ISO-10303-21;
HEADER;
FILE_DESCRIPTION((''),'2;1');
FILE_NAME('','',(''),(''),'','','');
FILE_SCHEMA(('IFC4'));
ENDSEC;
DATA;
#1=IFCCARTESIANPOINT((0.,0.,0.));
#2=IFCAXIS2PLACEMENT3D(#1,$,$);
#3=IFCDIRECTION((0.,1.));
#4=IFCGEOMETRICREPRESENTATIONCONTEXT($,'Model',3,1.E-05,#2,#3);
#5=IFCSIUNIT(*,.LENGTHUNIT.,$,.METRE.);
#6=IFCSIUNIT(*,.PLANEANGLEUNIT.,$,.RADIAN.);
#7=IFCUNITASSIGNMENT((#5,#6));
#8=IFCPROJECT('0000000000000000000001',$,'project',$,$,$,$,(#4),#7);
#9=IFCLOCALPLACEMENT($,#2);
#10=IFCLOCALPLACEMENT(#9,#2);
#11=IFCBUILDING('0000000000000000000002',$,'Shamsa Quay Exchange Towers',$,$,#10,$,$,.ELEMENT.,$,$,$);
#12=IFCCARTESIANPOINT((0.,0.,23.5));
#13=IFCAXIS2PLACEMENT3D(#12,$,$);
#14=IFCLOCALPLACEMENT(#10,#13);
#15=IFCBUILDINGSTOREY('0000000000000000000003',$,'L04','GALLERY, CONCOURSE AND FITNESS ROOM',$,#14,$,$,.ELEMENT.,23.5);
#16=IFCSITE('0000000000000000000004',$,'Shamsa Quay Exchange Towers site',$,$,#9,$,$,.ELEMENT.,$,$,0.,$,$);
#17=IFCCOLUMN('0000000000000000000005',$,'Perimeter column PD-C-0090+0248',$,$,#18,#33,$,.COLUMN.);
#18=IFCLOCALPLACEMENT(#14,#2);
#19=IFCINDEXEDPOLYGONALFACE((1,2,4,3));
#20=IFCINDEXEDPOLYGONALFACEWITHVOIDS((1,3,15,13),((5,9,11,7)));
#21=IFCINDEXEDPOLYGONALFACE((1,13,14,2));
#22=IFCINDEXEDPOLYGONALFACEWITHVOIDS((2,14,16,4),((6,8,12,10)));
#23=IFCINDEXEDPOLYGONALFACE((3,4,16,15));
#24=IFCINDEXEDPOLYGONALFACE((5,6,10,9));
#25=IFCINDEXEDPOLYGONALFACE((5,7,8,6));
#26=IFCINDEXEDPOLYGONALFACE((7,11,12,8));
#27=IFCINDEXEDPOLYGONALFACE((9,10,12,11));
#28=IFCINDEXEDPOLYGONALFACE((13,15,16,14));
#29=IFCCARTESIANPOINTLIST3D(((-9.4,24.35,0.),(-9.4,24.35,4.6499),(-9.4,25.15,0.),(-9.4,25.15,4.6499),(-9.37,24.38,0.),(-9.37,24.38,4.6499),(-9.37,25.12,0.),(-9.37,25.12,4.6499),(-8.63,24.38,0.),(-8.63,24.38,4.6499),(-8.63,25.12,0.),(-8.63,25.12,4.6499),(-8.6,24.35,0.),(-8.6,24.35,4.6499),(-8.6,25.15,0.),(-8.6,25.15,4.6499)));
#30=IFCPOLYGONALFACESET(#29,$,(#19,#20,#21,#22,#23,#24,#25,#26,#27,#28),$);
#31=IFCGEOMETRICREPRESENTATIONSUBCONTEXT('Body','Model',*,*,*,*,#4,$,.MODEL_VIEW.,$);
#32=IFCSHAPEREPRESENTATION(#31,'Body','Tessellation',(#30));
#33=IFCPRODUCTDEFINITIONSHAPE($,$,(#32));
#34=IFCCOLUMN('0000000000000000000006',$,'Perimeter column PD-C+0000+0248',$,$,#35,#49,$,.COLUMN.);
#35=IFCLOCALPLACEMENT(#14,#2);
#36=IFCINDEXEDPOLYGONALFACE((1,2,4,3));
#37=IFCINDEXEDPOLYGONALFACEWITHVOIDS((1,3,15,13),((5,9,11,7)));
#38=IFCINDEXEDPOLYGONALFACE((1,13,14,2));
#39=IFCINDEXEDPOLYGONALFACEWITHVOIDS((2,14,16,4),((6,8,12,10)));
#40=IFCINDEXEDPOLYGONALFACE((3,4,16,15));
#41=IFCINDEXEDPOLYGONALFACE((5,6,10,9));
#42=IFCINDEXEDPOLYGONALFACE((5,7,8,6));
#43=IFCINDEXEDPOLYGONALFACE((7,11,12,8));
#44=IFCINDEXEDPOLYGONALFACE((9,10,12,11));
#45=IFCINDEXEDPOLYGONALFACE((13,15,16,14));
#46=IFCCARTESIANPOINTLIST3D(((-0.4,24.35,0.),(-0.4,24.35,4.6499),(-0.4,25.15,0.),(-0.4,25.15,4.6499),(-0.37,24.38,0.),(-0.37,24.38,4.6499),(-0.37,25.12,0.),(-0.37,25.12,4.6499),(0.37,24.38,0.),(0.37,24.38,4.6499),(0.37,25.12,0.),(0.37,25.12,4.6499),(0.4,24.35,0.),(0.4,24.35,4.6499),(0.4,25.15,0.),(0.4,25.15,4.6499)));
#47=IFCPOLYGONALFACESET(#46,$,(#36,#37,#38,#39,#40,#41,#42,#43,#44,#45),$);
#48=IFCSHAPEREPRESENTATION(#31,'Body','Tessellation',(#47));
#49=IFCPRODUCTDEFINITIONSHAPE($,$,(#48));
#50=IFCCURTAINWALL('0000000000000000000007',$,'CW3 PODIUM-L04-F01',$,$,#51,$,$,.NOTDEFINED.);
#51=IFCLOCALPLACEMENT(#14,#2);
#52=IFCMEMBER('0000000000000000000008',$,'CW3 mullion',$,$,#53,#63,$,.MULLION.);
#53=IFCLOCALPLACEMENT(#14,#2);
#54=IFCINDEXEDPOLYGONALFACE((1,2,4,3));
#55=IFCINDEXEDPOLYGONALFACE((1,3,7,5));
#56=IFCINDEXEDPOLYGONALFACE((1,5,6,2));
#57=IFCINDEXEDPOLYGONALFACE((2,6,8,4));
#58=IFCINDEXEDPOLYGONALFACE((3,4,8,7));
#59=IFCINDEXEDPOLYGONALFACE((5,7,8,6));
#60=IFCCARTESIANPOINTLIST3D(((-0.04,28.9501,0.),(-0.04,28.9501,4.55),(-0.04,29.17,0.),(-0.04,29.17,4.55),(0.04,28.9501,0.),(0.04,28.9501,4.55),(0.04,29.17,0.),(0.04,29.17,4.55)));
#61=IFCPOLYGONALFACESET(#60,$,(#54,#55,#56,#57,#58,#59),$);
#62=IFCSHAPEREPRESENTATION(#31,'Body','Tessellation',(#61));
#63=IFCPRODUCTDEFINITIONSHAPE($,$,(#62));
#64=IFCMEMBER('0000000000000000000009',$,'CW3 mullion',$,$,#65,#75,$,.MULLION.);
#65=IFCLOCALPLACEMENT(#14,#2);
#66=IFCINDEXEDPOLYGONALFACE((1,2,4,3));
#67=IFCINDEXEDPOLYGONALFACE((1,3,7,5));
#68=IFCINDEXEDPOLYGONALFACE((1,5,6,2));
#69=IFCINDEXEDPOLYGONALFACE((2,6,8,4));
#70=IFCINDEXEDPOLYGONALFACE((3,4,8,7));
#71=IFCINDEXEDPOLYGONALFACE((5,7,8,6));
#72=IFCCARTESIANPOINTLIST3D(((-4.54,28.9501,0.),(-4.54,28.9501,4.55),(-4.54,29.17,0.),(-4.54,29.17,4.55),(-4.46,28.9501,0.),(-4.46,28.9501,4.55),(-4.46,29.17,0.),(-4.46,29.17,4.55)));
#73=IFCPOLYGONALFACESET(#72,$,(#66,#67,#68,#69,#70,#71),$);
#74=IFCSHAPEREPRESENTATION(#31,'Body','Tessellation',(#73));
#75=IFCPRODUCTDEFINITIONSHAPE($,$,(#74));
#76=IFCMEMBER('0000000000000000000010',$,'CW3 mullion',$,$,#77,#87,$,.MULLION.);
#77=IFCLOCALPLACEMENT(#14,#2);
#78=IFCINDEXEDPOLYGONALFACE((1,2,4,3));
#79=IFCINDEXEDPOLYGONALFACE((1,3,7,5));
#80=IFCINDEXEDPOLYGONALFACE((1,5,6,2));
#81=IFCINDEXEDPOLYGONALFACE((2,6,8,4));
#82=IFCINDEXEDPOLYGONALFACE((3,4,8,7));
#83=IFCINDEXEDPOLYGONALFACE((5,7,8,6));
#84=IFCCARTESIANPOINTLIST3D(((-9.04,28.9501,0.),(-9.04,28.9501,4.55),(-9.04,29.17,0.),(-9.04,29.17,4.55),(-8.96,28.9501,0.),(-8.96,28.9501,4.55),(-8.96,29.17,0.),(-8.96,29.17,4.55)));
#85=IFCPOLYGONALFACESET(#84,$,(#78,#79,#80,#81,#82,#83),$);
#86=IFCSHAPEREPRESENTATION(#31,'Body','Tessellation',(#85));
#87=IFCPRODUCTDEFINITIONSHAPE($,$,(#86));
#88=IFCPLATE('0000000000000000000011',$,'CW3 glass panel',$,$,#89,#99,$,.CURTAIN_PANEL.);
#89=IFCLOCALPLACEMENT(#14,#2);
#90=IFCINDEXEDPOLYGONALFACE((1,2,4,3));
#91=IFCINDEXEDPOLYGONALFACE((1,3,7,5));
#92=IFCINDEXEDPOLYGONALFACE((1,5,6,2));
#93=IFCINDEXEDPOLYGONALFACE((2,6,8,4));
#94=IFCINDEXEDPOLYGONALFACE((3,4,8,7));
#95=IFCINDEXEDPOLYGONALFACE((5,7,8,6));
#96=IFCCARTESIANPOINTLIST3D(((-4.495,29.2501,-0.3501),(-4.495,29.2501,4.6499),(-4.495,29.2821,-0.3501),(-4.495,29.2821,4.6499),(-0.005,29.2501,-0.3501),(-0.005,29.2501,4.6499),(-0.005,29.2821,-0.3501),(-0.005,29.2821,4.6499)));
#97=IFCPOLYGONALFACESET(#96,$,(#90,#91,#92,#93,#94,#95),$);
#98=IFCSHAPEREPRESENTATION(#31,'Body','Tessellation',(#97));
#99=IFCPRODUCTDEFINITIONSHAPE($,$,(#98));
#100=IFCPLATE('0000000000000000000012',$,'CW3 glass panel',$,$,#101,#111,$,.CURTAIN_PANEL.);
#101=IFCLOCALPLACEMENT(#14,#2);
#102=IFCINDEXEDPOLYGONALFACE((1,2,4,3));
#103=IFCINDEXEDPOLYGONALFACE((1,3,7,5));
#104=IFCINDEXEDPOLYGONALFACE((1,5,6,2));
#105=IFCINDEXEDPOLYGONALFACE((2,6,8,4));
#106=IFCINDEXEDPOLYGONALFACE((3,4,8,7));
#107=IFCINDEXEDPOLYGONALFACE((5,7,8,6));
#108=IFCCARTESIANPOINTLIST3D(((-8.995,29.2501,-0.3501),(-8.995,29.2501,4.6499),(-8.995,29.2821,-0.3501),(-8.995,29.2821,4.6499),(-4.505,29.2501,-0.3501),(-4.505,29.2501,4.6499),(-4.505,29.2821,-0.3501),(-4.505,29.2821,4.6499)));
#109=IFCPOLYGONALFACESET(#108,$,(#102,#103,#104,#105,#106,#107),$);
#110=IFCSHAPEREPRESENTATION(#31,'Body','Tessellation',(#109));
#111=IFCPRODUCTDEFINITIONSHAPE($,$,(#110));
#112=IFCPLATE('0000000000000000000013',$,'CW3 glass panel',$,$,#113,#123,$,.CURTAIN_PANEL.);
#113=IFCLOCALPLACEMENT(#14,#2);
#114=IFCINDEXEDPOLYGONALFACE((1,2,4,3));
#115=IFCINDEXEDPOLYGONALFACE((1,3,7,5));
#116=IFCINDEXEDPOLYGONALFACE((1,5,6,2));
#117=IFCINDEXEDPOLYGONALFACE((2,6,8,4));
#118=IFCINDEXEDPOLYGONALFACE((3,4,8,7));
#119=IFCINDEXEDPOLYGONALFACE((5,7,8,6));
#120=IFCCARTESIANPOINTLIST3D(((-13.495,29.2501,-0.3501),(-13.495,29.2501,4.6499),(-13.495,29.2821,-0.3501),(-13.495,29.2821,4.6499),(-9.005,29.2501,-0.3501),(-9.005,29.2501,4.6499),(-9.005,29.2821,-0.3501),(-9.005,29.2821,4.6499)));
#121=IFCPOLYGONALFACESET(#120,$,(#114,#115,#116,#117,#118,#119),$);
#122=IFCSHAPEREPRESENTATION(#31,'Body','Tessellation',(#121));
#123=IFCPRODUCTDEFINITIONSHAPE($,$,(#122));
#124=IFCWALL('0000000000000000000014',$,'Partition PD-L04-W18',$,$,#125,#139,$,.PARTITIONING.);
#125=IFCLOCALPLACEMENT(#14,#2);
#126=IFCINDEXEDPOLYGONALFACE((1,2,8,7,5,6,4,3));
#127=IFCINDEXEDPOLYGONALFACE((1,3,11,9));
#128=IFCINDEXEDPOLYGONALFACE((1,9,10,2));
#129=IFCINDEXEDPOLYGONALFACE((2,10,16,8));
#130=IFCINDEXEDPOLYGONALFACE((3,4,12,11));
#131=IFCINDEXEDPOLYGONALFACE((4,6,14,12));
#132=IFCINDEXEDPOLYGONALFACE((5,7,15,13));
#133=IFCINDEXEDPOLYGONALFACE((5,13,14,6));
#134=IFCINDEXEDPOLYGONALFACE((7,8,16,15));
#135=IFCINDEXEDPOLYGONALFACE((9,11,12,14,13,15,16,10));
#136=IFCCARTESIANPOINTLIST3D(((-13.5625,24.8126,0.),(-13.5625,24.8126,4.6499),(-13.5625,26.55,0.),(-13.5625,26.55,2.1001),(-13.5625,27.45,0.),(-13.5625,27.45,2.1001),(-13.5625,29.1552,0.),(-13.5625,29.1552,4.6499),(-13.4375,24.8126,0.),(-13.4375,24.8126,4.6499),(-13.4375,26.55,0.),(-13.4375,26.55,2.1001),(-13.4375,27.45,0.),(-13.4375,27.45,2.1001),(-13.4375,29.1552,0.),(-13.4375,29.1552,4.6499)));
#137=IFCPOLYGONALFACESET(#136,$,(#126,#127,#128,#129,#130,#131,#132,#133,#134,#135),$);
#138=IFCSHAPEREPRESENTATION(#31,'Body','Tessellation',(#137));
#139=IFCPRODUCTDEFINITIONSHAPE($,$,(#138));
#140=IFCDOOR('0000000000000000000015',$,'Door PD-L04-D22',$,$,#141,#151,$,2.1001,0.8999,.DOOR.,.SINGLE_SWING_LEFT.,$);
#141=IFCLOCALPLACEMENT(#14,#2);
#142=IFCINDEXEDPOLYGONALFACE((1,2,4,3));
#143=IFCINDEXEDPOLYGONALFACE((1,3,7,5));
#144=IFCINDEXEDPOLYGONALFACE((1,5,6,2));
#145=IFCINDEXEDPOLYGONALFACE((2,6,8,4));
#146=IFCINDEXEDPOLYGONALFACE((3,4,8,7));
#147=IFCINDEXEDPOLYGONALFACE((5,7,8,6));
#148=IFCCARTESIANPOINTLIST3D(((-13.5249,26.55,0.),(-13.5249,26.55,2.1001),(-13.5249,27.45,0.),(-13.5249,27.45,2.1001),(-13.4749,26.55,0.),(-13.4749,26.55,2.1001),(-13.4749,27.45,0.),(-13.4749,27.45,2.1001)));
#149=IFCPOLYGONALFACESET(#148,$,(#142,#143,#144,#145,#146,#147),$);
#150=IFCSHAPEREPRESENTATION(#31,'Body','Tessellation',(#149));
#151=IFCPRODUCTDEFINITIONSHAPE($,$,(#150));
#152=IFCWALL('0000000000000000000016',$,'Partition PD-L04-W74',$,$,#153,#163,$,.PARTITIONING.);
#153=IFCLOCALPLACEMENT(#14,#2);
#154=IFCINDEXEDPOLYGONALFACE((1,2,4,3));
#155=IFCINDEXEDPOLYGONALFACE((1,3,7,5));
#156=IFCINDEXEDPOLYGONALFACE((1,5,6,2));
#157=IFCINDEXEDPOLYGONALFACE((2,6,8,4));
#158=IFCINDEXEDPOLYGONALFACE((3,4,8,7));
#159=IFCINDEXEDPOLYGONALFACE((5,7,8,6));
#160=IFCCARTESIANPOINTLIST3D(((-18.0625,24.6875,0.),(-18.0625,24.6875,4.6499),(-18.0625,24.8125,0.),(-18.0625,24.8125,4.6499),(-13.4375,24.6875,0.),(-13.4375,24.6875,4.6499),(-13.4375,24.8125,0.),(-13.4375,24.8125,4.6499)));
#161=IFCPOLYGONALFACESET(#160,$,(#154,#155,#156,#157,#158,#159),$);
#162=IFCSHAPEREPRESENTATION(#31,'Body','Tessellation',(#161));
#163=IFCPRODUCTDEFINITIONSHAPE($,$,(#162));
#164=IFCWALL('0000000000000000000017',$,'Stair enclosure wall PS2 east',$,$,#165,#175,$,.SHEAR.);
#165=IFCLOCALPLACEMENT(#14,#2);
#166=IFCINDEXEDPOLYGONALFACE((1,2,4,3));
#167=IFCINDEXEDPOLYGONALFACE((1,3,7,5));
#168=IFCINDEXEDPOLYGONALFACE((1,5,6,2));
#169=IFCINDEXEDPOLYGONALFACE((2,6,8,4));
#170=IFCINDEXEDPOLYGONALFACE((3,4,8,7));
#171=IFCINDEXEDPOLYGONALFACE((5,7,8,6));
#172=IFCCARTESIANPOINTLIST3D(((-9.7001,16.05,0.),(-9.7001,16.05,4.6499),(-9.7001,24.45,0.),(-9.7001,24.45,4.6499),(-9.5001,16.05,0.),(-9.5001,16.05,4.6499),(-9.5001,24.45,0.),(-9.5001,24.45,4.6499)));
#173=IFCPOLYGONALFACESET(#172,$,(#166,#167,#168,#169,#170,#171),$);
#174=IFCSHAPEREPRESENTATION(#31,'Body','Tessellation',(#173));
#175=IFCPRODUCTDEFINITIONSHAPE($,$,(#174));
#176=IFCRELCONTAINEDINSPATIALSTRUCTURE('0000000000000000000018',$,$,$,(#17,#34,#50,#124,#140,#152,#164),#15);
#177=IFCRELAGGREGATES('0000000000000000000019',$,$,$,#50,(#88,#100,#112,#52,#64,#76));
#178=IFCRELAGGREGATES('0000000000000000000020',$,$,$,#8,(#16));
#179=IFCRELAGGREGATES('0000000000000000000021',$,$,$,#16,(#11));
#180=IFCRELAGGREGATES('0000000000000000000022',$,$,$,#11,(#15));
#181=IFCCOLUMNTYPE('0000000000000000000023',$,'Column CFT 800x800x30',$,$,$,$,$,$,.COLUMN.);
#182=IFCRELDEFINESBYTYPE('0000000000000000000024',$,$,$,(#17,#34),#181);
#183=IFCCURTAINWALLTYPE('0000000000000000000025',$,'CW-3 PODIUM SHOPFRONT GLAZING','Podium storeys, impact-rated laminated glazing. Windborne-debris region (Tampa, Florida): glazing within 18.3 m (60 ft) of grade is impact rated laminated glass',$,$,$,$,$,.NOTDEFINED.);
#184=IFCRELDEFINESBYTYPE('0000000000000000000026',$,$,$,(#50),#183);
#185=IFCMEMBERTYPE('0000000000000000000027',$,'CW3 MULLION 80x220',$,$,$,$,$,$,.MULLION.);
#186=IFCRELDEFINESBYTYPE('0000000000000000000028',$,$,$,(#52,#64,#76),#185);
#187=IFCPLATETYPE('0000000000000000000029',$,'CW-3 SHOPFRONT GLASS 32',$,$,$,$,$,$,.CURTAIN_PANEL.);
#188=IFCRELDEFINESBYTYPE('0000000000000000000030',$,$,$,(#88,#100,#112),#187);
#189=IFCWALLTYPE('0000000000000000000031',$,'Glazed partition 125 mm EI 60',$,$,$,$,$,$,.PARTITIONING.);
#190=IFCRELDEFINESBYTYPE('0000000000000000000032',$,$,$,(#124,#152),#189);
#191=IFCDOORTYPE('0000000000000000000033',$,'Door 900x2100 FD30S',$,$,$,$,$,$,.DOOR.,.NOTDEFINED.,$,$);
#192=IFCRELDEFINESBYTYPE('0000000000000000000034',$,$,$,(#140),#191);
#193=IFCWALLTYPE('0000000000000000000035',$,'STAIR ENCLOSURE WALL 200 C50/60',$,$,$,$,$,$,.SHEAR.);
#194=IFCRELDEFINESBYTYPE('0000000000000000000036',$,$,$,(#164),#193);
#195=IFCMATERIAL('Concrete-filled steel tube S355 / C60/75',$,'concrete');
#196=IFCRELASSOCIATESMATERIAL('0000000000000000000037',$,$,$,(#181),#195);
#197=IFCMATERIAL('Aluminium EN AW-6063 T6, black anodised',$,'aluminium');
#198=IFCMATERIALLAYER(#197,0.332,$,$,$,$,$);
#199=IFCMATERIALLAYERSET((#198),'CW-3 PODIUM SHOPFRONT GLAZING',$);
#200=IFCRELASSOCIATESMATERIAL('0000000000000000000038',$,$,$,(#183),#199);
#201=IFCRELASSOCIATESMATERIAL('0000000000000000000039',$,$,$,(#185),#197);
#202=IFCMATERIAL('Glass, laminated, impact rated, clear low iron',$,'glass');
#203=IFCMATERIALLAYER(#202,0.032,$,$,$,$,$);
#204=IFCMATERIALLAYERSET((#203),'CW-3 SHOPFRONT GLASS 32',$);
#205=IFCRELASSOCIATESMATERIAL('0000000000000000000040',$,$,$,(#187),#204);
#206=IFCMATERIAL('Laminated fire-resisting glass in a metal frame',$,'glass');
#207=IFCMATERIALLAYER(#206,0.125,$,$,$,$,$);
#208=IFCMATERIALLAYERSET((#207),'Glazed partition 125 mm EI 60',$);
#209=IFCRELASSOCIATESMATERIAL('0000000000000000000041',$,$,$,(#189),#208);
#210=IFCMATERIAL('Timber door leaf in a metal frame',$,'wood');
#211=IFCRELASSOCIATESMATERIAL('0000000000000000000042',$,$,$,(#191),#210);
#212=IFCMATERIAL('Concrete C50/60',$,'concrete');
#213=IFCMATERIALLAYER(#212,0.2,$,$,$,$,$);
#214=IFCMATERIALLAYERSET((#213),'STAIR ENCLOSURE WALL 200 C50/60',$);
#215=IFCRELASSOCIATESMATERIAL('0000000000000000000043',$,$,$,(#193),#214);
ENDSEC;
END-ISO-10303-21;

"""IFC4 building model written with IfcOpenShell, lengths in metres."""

from ifc_helpers import new_model, si_unit, direction, frame, frame_2d, origin, origin_2d, place, context, subcontext, project, spatial, rectangle, hollow_rectangle, extrude, material, layer, layer_set, material_profile, profile_set, type_object, element, fill, aggregate, save


model = new_model("IFC4")

# Units and contexts
model_context = context("Model", 3, precision=1e-05, world=origin(), true_north=direction((0.0, 1.0)))
body_context = subcontext(model_context, "Body", "Model", "MODEL_VIEW")
ifc_project = project(units=[si_unit("LENGTHUNIT", "METRE"), si_unit("PLANEANGLEUNIT", "RADIAN")], contexts=[model_context])

# Site, building, storey
site_placement = place(None, origin())
site = spatial("IfcSite", under=ifc_project, at=site_placement, Name="Shamsa Quay Exchange Towers site", CompositionType="ELEMENT", RefElevation=0.0)
building_placement = place(site_placement, origin())
building = spatial("IfcBuilding", under=site, at=building_placement, Name="Shamsa Quay Exchange Towers", CompositionType="ELEMENT")
storey_placement = place(building_placement, frame((0.0, 0.0, 23.5)))
storey = spatial("IfcBuildingStorey", under=building, at=storey_placement, Name="L04", Description="GALLERY, CONCOURSE AND FITNESS ROOM", CompositionType="ELEMENT", Elevation=23.5)

# Columns
ifc_material_1 = material(Name="Concrete-filled steel tube S355 / C60/75", Category="concrete")
ifc_material_profile_1 = material_profile(ifc_material_1, hollow_rectangle(XDim=0.8, YDim=0.8, WallThickness=0.03, at=origin_2d()), Name="CFT 800x800x30")
ifc_profile_set_1 = profile_set([ifc_material_profile_1], Name="Concrete-filled steel tube S355 / C60/75")
column_type = type_object("IfcColumnType", Name="Column CFT 800x800x30", PredefinedType="COLUMN", material=ifc_profile_set_1)
for number, where, name in (
    (1, (-9.0, 24.75, 0.0), "Perimeter column PD-C-0090+0248"),
    (2, (0.0, 24.75, 0.0), "Perimeter column PD-C+0000+0248"),
):
    element("IfcColumn", number, at=place(storey_placement, frame(where)), inside=storey, type_object=column_type, Name=name, PredefinedType="COLUMN", context=body_context, shape_type="SweptSolid", body=[
        extrude(hollow_rectangle(XDim=0.8, YDim=0.8, WallThickness=0.03, at=origin_2d()), origin(), (0.0, 0.0, 1.0), 4.6499),
    ])

# Curtain wall, members, plates
ifc_material_2 = material(Name="Aluminium EN AW-6063 T6, black anodised", Category="aluminium")
ifc_layer_1 = layer(ifc_material_2, 0.332)
ifc_layer_set_1 = layer_set([ifc_layer_1], Name="CW-3 PODIUM SHOPFRONT GLAZING")
curtain_wall_type = type_object("IfcCurtainWallType", Name="CW-3 PODIUM SHOPFRONT GLAZING", Description="Podium storeys, impact-rated laminated glazing. Windborne-debris region (Tampa, Florida): glazing within 18.3 m (60 ft) of grade is impact rated laminated glass", PredefinedType="NOTDEFINED", material=ifc_layer_set_1)
curtain_wall_placement = place(storey_placement, origin())
curtain_wall = element("IfcCurtainWall", 3, at=curtain_wall_placement, inside=storey, type_object=curtain_wall_type, Name="CW3 PODIUM-L04-F01", PredefinedType="NOTDEFINED")
ifc_material_profile_2 = material_profile(ifc_material_2, rectangle(XDim=0.22, YDim=0.0801, at=origin_2d()), Name="MU80x220")
ifc_profile_set_2 = profile_set([ifc_material_profile_2], Name="Aluminium EN AW-6063 T6, black anodised")
member_type = type_object("IfcMemberType", Name="CW3 MULLION 80x220", PredefinedType="MULLION", material=ifc_profile_set_2)
member_1_placement = place(storey_placement, frame((0.0, 29.0601, 0.0), z_axis=(0.0, 0.0, 1.0), x_axis=(0.0, -1.0, 0.0)))
member_1 = element("IfcMember", 4, at=member_1_placement, type_object=member_type, Name="CW3 mullion", PredefinedType="MULLION", context=body_context, shape_type="SweptSolid", body=[
    extrude(rectangle(XDim=0.22, YDim=0.0801, at=origin_2d()), origin(), (0.0, 0.0, 1.0), 4.55),
])
member_2_placement = place(storey_placement, frame((-4.5, 29.0601, 0.0), z_axis=(0.0, 0.0, 1.0), x_axis=(0.0, -1.0, 0.0)))
member_2 = element("IfcMember", 5, at=member_2_placement, type_object=member_type, Name="CW3 mullion", PredefinedType="MULLION", context=body_context, shape_type="SweptSolid", body=[
    extrude(rectangle(XDim=0.22, YDim=0.0801, at=origin_2d()), origin(), (0.0, 0.0, 1.0), 4.55),
])
member_3_placement = place(storey_placement, frame((-9.0, 29.0601, 0.0), z_axis=(0.0, 0.0, 1.0), x_axis=(0.0, -1.0, 0.0)))
member_3 = element("IfcMember", 6, at=member_3_placement, type_object=member_type, Name="CW3 mullion", PredefinedType="MULLION", context=body_context, shape_type="SweptSolid", body=[
    extrude(rectangle(XDim=0.22, YDim=0.0801, at=origin_2d()), origin(), (0.0, 0.0, 1.0), 4.55),
])
ifc_material_3 = material(Name="Glass, laminated, impact rated, clear low iron", Category="glass")
ifc_layer_2 = layer(ifc_material_3, 0.032)
ifc_layer_set_2 = layer_set([ifc_layer_2], Name="CW-3 SHOPFRONT GLASS 32")
plate_type = type_object("IfcPlateType", Name="CW-3 SHOPFRONT GLASS 32", PredefinedType="CURTAIN_PANEL", material=ifc_layer_set_2)
plate_1_placement = place(storey_placement, frame((-2.25, 29.2661, -0.3501), z_axis=(0.0, 0.0, 1.0), x_axis=(-1.0, 0.0, 0.0)))
plate_1 = element("IfcPlate", 7, at=plate_1_placement, type_object=plate_type, Name="CW3 glass panel", PredefinedType="CURTAIN_PANEL", context=body_context, shape_type="SweptSolid", body=[
    extrude(rectangle(XDim=4.49, YDim=0.032, at=origin_2d()), origin(), (0.0, 0.0, 1.0), 5.0),
])
plate_2_placement = place(storey_placement, frame((-6.75, 29.2661, -0.3501), z_axis=(0.0, 0.0, 1.0), x_axis=(-1.0, 0.0, 0.0)))
plate_2 = element("IfcPlate", 8, at=plate_2_placement, type_object=plate_type, Name="CW3 glass panel", PredefinedType="CURTAIN_PANEL", context=body_context, shape_type="SweptSolid", body=[
    extrude(rectangle(XDim=4.49, YDim=0.032, at=origin_2d()), origin(), (0.0, 0.0, 1.0), 5.0),
])
plate_3_placement = place(storey_placement, frame((-11.25, 29.2661, -0.3501), z_axis=(0.0, 0.0, 1.0), x_axis=(-1.0, 0.0, 0.0)))
plate_3 = element("IfcPlate", 9, at=plate_3_placement, type_object=plate_type, Name="CW3 glass panel", PredefinedType="CURTAIN_PANEL", context=body_context, shape_type="SweptSolid", body=[
    extrude(rectangle(XDim=4.49, YDim=0.032, at=origin_2d()), origin(), (0.0, 0.0, 1.0), 5.0),
])
aggregate(curtain_wall, [plate_1, plate_2, plate_3, member_1, member_2, member_3])

# Wall, opening, door
ifc_material_4 = material(Name="Laminated fire-resisting glass in a metal frame", Category="glass")
ifc_layer_3 = layer(ifc_material_4, 0.125)
ifc_layer_set_3 = layer_set([ifc_layer_3], Name="Glazed partition 125 mm EI 60")
wall_type_1 = type_object("IfcWallType", Name="Glazed partition 125 mm EI 60", PredefinedType="PARTITIONING", material=ifc_layer_set_3)
wall_1_placement = place(storey_placement, frame((-13.5, 24.8125, 0.0), z_axis=(0.0, 0.0, 1.0), x_axis=(0.0, 1.0, 0.0)))
wall_1 = element("IfcWall", 10, at=wall_1_placement, inside=storey, type_object=wall_type_1, Name="Partition PD-L04-W18", PredefinedType="PARTITIONING", context=body_context, shape_type="SweptSolid", body=[
    extrude(rectangle(XDim=4.3425, YDim=0.125, at=frame_2d((2.1714, 0.0))), origin(), (0.0, 0.0, 1.0), 4.6499),
])
opening_placement = place(wall_1_placement, frame((1.7375, 0.0, 0.0)))
opening = element("IfcOpeningElement", 11, at=opening_placement, cuts=wall_1, PredefinedType="OPENING", context=body_context, shape_type="SweptSolid", body=[
    extrude(rectangle(XDim=0.8999, YDim=2.1001, at=frame_2d((0.45, 1.05))), frame((0.0, 0.0725, 0.0), z_axis=(0.0, -1.0, 0.0), x_axis=(1.0, 0.0, 0.0)), (0.0, 0.0, 1.0), 0.145),
])
ifc_material_5 = material(Name="Timber door leaf in a metal frame", Category="wood")
door_type = type_object("IfcDoorType", Name="Door 900x2100 FD30S", OperationType="NOTDEFINED", PredefinedType="DOOR", material=ifc_material_5)
door_placement = place(opening_placement, origin())
door = element("IfcDoor", 12, at=door_placement, inside=storey, type_object=door_type, Name="Door PD-L04-D22", OperationType="SINGLE_SWING_LEFT", OverallHeight=2.1001, OverallWidth=0.8999, PredefinedType="DOOR", context=body_context, shape_type="SweptSolid", body=[
    extrude(rectangle(XDim=0.8999, YDim=2.1001, at=frame_2d((0.45, 1.05))), frame((0.0, 0.0249, 0.0), z_axis=(0.0, -1.0, 0.0), x_axis=(1.0, 0.0, 0.0)), (0.0, 0.0, 1.0), 0.05),
])
fill(opening, door)

# Walls
wall_2_placement = place(storey_placement, frame((-13.4375, 24.75, 0.0), z_axis=(0.0, 0.0, 1.0), x_axis=(-1.0, 0.0, 0.0)))
element("IfcWall", 13, at=wall_2_placement, inside=storey, type_object=wall_type_1, Name="Partition PD-L04-W74", PredefinedType="PARTITIONING", context=body_context, shape_type="SweptSolid", body=[
    extrude(rectangle(XDim=4.625, YDim=0.125, at=frame_2d((2.3125, 0.0))), origin(), (0.0, 0.0, 1.0), 4.6499),
])
ifc_material_6 = material(Name="Concrete C50/60", Category="concrete")
ifc_layer_4 = layer(ifc_material_6, 0.2)
ifc_layer_set_4 = layer_set([ifc_layer_4], Name="STAIR ENCLOSURE WALL 200 C50/60")
wall_type_2 = type_object("IfcWallType", Name="STAIR ENCLOSURE WALL 200 C50/60", PredefinedType="SHEAR", material=ifc_layer_set_4)
wall_3_placement = place(storey_placement, frame((-9.6001, 16.05, 0.0), z_axis=(0.0, 0.0, 1.0), x_axis=(0.0, 1.0, 0.0)))
element("IfcWall", 14, at=wall_3_placement, inside=storey, type_object=wall_type_2, Name="Stair enclosure wall PS2 east", PredefinedType="SHEAR", context=body_context, shape_type="SweptSolid", body=[
    extrude(rectangle(XDim=8.3999, YDim=0.2, at=frame_2d((4.2, 0.0))), origin(), (0.0, 0.0, 1.0), 4.6499),
])

save(model, "model.ifc")
